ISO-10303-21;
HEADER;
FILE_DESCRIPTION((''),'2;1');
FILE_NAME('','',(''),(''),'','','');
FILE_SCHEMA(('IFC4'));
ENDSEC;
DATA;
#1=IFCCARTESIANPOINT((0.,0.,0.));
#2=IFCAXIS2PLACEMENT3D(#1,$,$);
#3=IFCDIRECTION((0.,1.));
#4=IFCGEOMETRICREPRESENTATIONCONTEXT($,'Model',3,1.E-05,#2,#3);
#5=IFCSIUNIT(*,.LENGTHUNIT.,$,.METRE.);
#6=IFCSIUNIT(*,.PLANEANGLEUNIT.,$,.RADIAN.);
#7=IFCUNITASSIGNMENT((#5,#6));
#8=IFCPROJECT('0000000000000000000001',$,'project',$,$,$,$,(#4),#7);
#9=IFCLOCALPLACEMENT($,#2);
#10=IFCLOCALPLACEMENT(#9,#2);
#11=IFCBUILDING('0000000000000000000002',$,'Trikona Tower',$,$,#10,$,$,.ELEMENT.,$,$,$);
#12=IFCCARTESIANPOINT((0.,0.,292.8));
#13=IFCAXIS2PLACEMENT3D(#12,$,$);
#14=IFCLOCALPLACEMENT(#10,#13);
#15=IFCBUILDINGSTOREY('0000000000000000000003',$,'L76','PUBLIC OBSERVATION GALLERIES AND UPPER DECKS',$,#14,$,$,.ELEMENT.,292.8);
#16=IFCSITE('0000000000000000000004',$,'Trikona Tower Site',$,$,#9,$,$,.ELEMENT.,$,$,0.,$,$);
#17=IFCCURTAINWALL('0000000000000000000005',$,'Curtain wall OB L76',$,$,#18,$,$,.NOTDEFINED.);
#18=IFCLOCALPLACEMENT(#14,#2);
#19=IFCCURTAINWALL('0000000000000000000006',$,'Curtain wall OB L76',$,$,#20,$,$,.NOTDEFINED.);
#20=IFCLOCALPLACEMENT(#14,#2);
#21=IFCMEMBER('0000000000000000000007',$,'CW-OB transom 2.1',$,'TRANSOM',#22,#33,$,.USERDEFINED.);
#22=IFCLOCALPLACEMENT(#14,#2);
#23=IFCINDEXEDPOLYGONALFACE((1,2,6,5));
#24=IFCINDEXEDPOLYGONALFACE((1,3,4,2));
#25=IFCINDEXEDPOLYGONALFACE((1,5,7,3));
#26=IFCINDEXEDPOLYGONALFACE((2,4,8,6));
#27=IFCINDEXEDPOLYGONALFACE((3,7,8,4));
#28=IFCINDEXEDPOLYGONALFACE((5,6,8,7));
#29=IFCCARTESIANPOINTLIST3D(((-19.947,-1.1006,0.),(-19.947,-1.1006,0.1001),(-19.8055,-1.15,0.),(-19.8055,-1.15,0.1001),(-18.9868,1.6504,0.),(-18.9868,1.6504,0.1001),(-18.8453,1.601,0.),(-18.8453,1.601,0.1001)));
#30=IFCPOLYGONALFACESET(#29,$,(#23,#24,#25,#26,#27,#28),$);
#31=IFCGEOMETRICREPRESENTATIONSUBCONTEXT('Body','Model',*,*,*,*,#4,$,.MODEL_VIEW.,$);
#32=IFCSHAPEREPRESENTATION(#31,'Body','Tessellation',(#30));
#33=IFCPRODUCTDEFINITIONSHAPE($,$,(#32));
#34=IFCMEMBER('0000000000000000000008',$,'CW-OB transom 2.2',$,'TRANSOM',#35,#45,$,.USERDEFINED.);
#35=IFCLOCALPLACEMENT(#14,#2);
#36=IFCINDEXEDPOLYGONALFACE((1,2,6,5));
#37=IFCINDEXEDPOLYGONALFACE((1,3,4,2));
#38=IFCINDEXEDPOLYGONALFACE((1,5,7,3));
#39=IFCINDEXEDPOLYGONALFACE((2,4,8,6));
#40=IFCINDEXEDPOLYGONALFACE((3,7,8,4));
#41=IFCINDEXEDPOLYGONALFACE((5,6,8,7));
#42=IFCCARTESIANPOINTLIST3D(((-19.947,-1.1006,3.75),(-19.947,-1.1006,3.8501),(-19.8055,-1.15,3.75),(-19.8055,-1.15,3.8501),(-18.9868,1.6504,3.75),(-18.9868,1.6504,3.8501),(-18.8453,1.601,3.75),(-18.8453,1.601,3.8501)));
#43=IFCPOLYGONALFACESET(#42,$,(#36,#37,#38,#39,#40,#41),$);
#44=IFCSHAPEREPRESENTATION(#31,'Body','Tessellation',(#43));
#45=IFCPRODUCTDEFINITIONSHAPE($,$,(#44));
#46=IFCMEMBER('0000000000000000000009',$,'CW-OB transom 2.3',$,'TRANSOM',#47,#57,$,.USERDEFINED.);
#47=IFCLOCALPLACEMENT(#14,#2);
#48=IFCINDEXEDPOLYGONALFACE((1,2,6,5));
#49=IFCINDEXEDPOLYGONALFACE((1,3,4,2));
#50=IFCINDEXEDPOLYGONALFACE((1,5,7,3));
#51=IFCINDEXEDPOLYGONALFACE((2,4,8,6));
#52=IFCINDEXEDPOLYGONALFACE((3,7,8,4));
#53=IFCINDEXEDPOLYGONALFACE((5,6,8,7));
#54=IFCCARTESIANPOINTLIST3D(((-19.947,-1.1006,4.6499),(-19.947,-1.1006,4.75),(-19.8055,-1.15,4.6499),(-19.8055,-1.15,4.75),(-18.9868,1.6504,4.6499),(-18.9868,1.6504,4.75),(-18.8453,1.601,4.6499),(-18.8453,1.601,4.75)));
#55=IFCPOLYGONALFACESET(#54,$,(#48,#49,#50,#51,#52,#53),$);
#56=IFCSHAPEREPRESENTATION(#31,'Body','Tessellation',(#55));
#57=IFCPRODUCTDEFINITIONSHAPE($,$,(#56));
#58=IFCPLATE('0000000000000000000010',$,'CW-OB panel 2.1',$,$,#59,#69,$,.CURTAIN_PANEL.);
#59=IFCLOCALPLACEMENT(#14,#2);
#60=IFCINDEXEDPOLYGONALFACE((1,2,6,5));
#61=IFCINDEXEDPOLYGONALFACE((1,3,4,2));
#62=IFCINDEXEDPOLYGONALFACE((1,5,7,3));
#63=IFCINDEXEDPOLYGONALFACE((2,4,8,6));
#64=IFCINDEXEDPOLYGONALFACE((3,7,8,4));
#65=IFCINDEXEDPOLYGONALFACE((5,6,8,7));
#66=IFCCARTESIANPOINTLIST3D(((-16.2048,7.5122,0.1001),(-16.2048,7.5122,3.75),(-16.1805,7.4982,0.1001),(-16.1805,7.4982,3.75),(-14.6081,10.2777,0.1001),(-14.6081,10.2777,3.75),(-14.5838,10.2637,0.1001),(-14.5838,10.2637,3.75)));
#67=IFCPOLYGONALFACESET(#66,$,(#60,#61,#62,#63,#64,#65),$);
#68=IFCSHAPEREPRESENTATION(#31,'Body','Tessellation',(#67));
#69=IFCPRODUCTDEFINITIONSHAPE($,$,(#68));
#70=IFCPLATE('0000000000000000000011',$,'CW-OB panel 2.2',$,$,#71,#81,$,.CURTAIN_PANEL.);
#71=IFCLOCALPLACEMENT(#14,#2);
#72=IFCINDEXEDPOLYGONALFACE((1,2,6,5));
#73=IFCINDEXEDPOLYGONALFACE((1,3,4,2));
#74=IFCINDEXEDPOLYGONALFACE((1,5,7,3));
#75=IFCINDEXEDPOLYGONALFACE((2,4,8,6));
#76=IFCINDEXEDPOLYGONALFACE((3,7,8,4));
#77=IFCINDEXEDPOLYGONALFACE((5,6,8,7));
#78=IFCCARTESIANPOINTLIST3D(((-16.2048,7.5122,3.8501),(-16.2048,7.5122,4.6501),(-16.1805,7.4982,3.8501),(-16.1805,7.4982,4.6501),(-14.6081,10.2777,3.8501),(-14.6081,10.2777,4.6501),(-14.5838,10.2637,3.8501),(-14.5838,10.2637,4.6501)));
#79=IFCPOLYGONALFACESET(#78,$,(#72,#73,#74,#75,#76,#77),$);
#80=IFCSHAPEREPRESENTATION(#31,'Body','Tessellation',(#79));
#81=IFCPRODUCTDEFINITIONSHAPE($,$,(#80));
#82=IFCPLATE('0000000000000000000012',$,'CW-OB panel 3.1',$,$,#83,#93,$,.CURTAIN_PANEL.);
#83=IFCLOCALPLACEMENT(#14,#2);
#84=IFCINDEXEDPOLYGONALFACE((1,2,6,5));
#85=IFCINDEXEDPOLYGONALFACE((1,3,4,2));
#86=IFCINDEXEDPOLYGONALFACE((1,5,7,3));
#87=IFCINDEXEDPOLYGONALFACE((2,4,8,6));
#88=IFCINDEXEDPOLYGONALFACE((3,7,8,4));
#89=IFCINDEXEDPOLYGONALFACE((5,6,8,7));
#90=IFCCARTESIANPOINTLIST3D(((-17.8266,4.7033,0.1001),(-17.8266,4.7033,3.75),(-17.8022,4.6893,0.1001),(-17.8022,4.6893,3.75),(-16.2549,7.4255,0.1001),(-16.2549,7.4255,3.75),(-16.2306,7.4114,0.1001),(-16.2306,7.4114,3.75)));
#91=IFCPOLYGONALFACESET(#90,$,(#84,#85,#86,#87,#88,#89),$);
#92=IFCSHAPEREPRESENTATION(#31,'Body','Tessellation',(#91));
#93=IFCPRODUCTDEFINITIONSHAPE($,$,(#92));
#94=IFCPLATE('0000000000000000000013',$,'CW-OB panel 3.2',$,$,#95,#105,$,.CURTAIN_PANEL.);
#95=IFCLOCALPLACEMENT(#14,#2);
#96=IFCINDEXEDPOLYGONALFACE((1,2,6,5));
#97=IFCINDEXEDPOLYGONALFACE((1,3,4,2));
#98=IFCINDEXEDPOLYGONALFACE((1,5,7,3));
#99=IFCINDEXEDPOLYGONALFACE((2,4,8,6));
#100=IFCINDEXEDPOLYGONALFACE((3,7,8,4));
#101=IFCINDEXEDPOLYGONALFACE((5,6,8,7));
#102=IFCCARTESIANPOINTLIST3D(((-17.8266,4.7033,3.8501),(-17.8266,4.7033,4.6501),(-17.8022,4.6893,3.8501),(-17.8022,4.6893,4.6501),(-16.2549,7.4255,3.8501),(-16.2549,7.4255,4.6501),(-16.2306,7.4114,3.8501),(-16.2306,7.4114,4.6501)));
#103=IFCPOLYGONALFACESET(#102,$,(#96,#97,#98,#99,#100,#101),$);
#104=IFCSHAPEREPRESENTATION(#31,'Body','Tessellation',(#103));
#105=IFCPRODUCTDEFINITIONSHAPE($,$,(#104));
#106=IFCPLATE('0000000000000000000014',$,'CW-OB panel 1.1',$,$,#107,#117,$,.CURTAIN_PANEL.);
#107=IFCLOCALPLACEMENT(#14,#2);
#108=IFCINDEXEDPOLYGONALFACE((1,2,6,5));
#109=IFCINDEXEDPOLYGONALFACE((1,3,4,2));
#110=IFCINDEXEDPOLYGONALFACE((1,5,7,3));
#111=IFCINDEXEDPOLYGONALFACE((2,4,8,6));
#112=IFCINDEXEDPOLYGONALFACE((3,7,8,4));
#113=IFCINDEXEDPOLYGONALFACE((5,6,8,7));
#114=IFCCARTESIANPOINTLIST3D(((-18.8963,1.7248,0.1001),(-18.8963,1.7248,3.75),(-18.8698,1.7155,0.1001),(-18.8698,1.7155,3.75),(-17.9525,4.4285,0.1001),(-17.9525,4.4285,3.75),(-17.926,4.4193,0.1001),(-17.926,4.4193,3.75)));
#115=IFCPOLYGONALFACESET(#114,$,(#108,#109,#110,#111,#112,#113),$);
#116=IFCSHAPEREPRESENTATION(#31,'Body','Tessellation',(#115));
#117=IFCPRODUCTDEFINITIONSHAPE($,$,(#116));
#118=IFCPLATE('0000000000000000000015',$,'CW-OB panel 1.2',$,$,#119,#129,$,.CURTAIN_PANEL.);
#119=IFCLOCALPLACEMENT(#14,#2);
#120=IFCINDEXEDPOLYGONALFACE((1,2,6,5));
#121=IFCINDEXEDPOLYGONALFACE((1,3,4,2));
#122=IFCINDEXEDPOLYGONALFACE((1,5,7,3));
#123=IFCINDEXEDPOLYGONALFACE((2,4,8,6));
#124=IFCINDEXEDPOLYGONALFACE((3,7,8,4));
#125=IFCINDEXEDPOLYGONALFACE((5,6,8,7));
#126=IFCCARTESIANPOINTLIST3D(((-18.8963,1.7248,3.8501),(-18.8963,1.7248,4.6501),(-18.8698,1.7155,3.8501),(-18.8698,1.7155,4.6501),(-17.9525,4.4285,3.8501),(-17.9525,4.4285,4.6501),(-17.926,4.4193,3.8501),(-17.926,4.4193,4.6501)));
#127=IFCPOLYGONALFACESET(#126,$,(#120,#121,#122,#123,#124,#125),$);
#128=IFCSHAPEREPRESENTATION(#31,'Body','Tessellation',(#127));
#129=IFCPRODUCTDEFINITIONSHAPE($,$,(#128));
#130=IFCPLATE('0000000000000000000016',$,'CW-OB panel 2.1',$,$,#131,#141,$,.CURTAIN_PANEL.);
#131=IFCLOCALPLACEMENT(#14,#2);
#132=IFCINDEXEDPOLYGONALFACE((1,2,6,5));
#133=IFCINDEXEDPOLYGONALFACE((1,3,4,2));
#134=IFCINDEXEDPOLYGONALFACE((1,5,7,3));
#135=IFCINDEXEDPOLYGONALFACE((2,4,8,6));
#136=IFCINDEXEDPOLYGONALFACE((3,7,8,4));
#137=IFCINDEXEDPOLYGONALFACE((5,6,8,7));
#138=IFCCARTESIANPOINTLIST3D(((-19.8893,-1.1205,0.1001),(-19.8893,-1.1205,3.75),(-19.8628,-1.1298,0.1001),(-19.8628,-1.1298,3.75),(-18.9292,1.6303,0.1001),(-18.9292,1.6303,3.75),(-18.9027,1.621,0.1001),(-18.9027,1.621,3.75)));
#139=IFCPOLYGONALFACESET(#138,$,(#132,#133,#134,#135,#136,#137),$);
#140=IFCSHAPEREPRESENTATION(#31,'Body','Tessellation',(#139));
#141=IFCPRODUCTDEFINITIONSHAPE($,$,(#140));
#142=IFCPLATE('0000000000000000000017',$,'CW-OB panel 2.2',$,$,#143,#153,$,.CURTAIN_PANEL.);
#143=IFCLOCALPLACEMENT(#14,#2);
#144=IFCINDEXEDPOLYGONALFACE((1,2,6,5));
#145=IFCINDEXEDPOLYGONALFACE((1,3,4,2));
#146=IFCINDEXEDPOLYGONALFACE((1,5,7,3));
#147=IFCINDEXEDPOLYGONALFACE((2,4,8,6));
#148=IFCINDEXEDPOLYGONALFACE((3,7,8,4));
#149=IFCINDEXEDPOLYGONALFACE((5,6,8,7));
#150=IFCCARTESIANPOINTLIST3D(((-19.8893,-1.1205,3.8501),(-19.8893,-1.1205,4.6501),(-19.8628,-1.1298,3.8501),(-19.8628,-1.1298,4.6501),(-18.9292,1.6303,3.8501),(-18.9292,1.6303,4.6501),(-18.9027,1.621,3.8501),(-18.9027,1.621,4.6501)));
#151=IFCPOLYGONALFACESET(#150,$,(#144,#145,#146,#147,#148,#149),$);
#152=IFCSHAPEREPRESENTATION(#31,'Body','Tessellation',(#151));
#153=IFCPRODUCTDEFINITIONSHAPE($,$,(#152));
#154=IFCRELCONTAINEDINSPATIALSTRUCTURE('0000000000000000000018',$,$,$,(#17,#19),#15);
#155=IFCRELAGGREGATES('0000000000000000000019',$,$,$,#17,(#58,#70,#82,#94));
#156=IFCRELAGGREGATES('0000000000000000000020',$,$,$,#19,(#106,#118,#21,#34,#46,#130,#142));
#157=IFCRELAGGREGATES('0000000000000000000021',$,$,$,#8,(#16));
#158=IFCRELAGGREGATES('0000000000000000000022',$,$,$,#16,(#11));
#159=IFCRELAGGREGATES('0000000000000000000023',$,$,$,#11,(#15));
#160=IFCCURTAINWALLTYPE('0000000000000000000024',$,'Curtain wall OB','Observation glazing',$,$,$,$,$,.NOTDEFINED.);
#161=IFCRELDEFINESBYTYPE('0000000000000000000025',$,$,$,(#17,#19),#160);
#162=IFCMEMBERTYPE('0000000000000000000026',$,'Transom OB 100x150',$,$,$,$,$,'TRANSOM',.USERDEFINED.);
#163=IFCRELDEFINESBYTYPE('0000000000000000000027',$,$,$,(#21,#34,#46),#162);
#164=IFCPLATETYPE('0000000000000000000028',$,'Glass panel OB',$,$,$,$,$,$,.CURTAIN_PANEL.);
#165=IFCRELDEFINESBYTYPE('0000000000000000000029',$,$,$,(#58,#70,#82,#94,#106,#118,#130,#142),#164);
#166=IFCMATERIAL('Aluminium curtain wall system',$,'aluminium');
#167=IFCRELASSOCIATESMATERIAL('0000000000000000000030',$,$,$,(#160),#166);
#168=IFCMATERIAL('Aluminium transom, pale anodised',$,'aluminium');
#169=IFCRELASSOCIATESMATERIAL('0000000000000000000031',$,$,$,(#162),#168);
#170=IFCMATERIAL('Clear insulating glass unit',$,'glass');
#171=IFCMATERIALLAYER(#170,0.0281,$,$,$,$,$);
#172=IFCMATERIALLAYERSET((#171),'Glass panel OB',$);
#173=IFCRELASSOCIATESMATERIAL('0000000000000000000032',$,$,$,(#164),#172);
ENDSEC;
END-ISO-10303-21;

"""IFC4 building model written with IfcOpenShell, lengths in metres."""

from ifc_helpers import new_model, si_unit, direction, frame, origin, origin_2d, place, context, subcontext, project, spatial, rectangle, extrude, material, layer, layer_set, material_profile, profile_set, type_object, element, aggregate, save


model = new_model("IFC4")

# Units and contexts
model_context = context("Model", 3, precision=1e-05, world=origin(), true_north=direction((0.0, 1.0)))
body_context = subcontext(model_context, "Body", "Model", "MODEL_VIEW")
ifc_project = project(units=[si_unit("LENGTHUNIT", "METRE"), si_unit("PLANEANGLEUNIT", "RADIAN")], contexts=[model_context])

# Site, building, storey
site_placement = place(None, origin())
site = spatial("IfcSite", under=ifc_project, at=site_placement, Name="Trikona Tower Site", CompositionType="ELEMENT", RefElevation=0.0)
building_placement = place(site_placement, origin())
building = spatial("IfcBuilding", under=site, at=building_placement, Name="Trikona Tower", CompositionType="ELEMENT")
storey_placement = place(building_placement, frame((0.0, 0.0, 292.8)))
storey = spatial("IfcBuildingStorey", under=building, at=storey_placement, Name="L76", Description="PUBLIC OBSERVATION GALLERIES AND UPPER DECKS", CompositionType="ELEMENT", Elevation=292.8)

# Curtain walls
ifc_material_1 = material(Name="Aluminium curtain wall system", Category="aluminium")
curtain_wall_type = type_object("IfcCurtainWallType", Name="Curtain wall OB", Description="Observation glazing", PredefinedType="NOTDEFINED", material=ifc_material_1)
curtain_wall_1_placement = place(storey_placement, origin())
curtain_wall_1 = element("IfcCurtainWall", 1, at=curtain_wall_1_placement, inside=storey, type_object=curtain_wall_type, Name="Curtain wall OB L76", PredefinedType="NOTDEFINED")
curtain_wall_2_placement = place(storey_placement, origin())
curtain_wall_2 = element("IfcCurtainWall", 2, at=curtain_wall_2_placement, inside=storey, type_object=curtain_wall_type, Name="Curtain wall OB L76", PredefinedType="NOTDEFINED")

# Members
ifc_material_2 = material(Name="Aluminium transom, pale anodised", Category="aluminium")
ifc_material_profile_1 = material_profile(ifc_material_2, rectangle(XDim=0.1499, YDim=0.1001, at=origin_2d()), Name="TRN-OB")
ifc_profile_set_1 = profile_set([ifc_material_profile_1], Name="Aluminium transom, pale anodised")
member_type_1 = type_object("IfcMemberType", Name="Transom OB 100x150", ElementType="TRANSOM", PredefinedType="USERDEFINED", material=ifc_profile_set_1)
member_1_placement = place(storey_placement, frame((-18.916, 1.6257, 0.05), z_axis=(-0.329544, -0.94414, 0.0), x_axis=(0.94414, -0.329544, 0.0)))
member_1 = element("IfcMember", 3, at=member_1_placement, type_object=member_type_1, Name="CW-OB transom 2.1", ObjectType="TRANSOM", PredefinedType="USERDEFINED", context=body_context, shape_type="SweptSolid", body=[
    extrude(rectangle(XDim=0.1499, YDim=0.1001, at=origin_2d()), origin(), (0.0, 0.0, 1.0), 2.9138),
])
member_2_placement = place(storey_placement, frame((-18.916, 1.6257, 3.8), z_axis=(-0.329544, -0.94414, 0.0), x_axis=(0.94414, -0.329544, 0.0)))
member_2 = element("IfcMember", 4, at=member_2_placement, type_object=member_type_1, Name="CW-OB transom 2.2", ObjectType="TRANSOM", PredefinedType="USERDEFINED", context=body_context, shape_type="SweptSolid", body=[
    extrude(rectangle(XDim=0.1499, YDim=0.1001, at=origin_2d()), origin(), (0.0, 0.0, 1.0), 2.9138),
])
member_3_placement = place(storey_placement, frame((-18.916, 1.6257, 4.7), z_axis=(-0.329544, -0.94414, 0.0), x_axis=(0.94414, -0.329544, 0.0)))
member_3 = element("IfcMember", 5, at=member_3_placement, type_object=member_type_1, Name="CW-OB transom 2.3", ObjectType="TRANSOM", PredefinedType="USERDEFINED", context=body_context, shape_type="SweptSolid", body=[
    extrude(rectangle(XDim=0.1499, YDim=0.1001, at=origin_2d()), origin(), (0.0, 0.0, 1.0), 2.9138),
])

# Plates
ifc_material_3 = material(Name="Clear insulating glass unit", Category="glass")
ifc_layer = layer(ifc_material_3, 0.0281)
ifc_layer_set = layer_set([ifc_layer], Name="Glass panel OB")
plate_type = type_object("IfcPlateType", Name="Glass panel OB", PredefinedType="CURTAIN_PANEL", material=ifc_layer_set)
plate_1_placement = place(storey_placement, frame((-15.3943, 8.8879, 0.1001), z_axis=(0.0, 0.0, 1.0), x_axis=(-0.500006, -0.866022, 0.0)))
plate_1 = element("IfcPlate", 6, at=plate_1_placement, type_object=plate_type, Name="CW-OB panel 2.1", PredefinedType="CURTAIN_PANEL", context=body_context, shape_type="SweptSolid", body=[
    extrude(rectangle(XDim=3.1934, YDim=0.0281, at=origin_2d()), origin(), (0.0, 0.0, 1.0), 3.6499),
])
plate_2_placement = place(storey_placement, frame((-15.3943, 8.8879, 3.8501), z_axis=(0.0, 0.0, 1.0), x_axis=(-0.500006, -0.866022, 0.0)))
plate_2 = element("IfcPlate", 7, at=plate_2_placement, type_object=plate_type, Name="CW-OB panel 2.2", PredefinedType="CURTAIN_PANEL", context=body_context, shape_type="SweptSolid", body=[
    extrude(rectangle(XDim=3.1934, YDim=0.0281, at=origin_2d()), origin(), (0.0, 0.0, 1.0), 0.8),
])
plate_3_placement = place(storey_placement, frame((-17.0286, 6.0574, 0.1001), z_axis=(0.0, 0.0, 1.0), x_axis=(-0.500006, -0.866022, 0.0)))
plate_3 = element("IfcPlate", 8, at=plate_3_placement, type_object=plate_type, Name="CW-OB panel 3.1", PredefinedType="CURTAIN_PANEL", context=body_context, shape_type="SweptSolid", body=[
    extrude(rectangle(XDim=3.1433, YDim=0.0281, at=origin_2d()), origin(), (0.0, 0.0, 1.0), 3.6499),
])
plate_4_placement = place(storey_placement, frame((-17.0286, 6.0574, 3.8501), z_axis=(0.0, 0.0, 1.0), x_axis=(-0.500006, -0.866022, 0.0)))
plate_4 = element("IfcPlate", 9, at=plate_4_placement, type_object=plate_type, Name="CW-OB panel 3.2", PredefinedType="CURTAIN_PANEL", context=body_context, shape_type="SweptSolid", body=[
    extrude(rectangle(XDim=3.1433, YDim=0.0281, at=origin_2d()), origin(), (0.0, 0.0, 1.0), 0.8),
])
aggregate(curtain_wall_1, [plate_1, plate_2, plate_3, plate_4])
plate_5_placement = place(storey_placement, frame((-18.4111, 3.072, 0.1001), z_axis=(0.0, 0.0, 1.0), x_axis=(-0.329552, -0.944137, 0.0)))
plate_5 = element("IfcPlate", 10, at=plate_5_placement, type_object=plate_type, Name="CW-OB panel 1.1", PredefinedType="CURTAIN_PANEL", context=body_context, shape_type="SweptSolid", body=[
    extrude(rectangle(XDim=2.8638, YDim=0.0281, at=origin_2d()), origin(), (0.0, 0.0, 1.0), 3.6499),
])
plate_6_placement = place(storey_placement, frame((-18.4111, 3.072, 3.8501), z_axis=(0.0, 0.0, 1.0), x_axis=(-0.329552, -0.944137, 0.0)))
plate_6 = element("IfcPlate", 11, at=plate_6_placement, type_object=plate_type, Name="CW-OB panel 1.2", PredefinedType="CURTAIN_PANEL", context=body_context, shape_type="SweptSolid", body=[
    extrude(rectangle(XDim=2.8638, YDim=0.0281, at=origin_2d()), origin(), (0.0, 0.0, 1.0), 0.8),
])
plate_7_placement = place(storey_placement, frame((-19.396, 0.2502, 0.1001), z_axis=(0.0, 0.0, 1.0), x_axis=(-0.329552, -0.944137, 0.0)))
plate_7 = element("IfcPlate", 12, at=plate_7_placement, type_object=plate_type, Name="CW-OB panel 2.1", PredefinedType="CURTAIN_PANEL", context=body_context, shape_type="SweptSolid", body=[
    extrude(rectangle(XDim=2.9136, YDim=0.0281, at=origin_2d()), origin(), (0.0, 0.0, 1.0), 3.6499),
])
plate_8_placement = place(storey_placement, frame((-19.396, 0.2502, 3.8501), z_axis=(0.0, 0.0, 1.0), x_axis=(-0.329552, -0.944137, 0.0)))
plate_8 = element("IfcPlate", 13, at=plate_8_placement, type_object=plate_type, Name="CW-OB panel 2.2", PredefinedType="CURTAIN_PANEL", context=body_context, shape_type="SweptSolid", body=[
    extrude(rectangle(XDim=2.9136, YDim=0.0281, at=origin_2d()), origin(), (0.0, 0.0, 1.0), 0.8),
])
aggregate(curtain_wall_2, [plate_5, plate_6, member_1, member_2, member_3, plate_7, plate_8])

save(model, "model.ifc")
